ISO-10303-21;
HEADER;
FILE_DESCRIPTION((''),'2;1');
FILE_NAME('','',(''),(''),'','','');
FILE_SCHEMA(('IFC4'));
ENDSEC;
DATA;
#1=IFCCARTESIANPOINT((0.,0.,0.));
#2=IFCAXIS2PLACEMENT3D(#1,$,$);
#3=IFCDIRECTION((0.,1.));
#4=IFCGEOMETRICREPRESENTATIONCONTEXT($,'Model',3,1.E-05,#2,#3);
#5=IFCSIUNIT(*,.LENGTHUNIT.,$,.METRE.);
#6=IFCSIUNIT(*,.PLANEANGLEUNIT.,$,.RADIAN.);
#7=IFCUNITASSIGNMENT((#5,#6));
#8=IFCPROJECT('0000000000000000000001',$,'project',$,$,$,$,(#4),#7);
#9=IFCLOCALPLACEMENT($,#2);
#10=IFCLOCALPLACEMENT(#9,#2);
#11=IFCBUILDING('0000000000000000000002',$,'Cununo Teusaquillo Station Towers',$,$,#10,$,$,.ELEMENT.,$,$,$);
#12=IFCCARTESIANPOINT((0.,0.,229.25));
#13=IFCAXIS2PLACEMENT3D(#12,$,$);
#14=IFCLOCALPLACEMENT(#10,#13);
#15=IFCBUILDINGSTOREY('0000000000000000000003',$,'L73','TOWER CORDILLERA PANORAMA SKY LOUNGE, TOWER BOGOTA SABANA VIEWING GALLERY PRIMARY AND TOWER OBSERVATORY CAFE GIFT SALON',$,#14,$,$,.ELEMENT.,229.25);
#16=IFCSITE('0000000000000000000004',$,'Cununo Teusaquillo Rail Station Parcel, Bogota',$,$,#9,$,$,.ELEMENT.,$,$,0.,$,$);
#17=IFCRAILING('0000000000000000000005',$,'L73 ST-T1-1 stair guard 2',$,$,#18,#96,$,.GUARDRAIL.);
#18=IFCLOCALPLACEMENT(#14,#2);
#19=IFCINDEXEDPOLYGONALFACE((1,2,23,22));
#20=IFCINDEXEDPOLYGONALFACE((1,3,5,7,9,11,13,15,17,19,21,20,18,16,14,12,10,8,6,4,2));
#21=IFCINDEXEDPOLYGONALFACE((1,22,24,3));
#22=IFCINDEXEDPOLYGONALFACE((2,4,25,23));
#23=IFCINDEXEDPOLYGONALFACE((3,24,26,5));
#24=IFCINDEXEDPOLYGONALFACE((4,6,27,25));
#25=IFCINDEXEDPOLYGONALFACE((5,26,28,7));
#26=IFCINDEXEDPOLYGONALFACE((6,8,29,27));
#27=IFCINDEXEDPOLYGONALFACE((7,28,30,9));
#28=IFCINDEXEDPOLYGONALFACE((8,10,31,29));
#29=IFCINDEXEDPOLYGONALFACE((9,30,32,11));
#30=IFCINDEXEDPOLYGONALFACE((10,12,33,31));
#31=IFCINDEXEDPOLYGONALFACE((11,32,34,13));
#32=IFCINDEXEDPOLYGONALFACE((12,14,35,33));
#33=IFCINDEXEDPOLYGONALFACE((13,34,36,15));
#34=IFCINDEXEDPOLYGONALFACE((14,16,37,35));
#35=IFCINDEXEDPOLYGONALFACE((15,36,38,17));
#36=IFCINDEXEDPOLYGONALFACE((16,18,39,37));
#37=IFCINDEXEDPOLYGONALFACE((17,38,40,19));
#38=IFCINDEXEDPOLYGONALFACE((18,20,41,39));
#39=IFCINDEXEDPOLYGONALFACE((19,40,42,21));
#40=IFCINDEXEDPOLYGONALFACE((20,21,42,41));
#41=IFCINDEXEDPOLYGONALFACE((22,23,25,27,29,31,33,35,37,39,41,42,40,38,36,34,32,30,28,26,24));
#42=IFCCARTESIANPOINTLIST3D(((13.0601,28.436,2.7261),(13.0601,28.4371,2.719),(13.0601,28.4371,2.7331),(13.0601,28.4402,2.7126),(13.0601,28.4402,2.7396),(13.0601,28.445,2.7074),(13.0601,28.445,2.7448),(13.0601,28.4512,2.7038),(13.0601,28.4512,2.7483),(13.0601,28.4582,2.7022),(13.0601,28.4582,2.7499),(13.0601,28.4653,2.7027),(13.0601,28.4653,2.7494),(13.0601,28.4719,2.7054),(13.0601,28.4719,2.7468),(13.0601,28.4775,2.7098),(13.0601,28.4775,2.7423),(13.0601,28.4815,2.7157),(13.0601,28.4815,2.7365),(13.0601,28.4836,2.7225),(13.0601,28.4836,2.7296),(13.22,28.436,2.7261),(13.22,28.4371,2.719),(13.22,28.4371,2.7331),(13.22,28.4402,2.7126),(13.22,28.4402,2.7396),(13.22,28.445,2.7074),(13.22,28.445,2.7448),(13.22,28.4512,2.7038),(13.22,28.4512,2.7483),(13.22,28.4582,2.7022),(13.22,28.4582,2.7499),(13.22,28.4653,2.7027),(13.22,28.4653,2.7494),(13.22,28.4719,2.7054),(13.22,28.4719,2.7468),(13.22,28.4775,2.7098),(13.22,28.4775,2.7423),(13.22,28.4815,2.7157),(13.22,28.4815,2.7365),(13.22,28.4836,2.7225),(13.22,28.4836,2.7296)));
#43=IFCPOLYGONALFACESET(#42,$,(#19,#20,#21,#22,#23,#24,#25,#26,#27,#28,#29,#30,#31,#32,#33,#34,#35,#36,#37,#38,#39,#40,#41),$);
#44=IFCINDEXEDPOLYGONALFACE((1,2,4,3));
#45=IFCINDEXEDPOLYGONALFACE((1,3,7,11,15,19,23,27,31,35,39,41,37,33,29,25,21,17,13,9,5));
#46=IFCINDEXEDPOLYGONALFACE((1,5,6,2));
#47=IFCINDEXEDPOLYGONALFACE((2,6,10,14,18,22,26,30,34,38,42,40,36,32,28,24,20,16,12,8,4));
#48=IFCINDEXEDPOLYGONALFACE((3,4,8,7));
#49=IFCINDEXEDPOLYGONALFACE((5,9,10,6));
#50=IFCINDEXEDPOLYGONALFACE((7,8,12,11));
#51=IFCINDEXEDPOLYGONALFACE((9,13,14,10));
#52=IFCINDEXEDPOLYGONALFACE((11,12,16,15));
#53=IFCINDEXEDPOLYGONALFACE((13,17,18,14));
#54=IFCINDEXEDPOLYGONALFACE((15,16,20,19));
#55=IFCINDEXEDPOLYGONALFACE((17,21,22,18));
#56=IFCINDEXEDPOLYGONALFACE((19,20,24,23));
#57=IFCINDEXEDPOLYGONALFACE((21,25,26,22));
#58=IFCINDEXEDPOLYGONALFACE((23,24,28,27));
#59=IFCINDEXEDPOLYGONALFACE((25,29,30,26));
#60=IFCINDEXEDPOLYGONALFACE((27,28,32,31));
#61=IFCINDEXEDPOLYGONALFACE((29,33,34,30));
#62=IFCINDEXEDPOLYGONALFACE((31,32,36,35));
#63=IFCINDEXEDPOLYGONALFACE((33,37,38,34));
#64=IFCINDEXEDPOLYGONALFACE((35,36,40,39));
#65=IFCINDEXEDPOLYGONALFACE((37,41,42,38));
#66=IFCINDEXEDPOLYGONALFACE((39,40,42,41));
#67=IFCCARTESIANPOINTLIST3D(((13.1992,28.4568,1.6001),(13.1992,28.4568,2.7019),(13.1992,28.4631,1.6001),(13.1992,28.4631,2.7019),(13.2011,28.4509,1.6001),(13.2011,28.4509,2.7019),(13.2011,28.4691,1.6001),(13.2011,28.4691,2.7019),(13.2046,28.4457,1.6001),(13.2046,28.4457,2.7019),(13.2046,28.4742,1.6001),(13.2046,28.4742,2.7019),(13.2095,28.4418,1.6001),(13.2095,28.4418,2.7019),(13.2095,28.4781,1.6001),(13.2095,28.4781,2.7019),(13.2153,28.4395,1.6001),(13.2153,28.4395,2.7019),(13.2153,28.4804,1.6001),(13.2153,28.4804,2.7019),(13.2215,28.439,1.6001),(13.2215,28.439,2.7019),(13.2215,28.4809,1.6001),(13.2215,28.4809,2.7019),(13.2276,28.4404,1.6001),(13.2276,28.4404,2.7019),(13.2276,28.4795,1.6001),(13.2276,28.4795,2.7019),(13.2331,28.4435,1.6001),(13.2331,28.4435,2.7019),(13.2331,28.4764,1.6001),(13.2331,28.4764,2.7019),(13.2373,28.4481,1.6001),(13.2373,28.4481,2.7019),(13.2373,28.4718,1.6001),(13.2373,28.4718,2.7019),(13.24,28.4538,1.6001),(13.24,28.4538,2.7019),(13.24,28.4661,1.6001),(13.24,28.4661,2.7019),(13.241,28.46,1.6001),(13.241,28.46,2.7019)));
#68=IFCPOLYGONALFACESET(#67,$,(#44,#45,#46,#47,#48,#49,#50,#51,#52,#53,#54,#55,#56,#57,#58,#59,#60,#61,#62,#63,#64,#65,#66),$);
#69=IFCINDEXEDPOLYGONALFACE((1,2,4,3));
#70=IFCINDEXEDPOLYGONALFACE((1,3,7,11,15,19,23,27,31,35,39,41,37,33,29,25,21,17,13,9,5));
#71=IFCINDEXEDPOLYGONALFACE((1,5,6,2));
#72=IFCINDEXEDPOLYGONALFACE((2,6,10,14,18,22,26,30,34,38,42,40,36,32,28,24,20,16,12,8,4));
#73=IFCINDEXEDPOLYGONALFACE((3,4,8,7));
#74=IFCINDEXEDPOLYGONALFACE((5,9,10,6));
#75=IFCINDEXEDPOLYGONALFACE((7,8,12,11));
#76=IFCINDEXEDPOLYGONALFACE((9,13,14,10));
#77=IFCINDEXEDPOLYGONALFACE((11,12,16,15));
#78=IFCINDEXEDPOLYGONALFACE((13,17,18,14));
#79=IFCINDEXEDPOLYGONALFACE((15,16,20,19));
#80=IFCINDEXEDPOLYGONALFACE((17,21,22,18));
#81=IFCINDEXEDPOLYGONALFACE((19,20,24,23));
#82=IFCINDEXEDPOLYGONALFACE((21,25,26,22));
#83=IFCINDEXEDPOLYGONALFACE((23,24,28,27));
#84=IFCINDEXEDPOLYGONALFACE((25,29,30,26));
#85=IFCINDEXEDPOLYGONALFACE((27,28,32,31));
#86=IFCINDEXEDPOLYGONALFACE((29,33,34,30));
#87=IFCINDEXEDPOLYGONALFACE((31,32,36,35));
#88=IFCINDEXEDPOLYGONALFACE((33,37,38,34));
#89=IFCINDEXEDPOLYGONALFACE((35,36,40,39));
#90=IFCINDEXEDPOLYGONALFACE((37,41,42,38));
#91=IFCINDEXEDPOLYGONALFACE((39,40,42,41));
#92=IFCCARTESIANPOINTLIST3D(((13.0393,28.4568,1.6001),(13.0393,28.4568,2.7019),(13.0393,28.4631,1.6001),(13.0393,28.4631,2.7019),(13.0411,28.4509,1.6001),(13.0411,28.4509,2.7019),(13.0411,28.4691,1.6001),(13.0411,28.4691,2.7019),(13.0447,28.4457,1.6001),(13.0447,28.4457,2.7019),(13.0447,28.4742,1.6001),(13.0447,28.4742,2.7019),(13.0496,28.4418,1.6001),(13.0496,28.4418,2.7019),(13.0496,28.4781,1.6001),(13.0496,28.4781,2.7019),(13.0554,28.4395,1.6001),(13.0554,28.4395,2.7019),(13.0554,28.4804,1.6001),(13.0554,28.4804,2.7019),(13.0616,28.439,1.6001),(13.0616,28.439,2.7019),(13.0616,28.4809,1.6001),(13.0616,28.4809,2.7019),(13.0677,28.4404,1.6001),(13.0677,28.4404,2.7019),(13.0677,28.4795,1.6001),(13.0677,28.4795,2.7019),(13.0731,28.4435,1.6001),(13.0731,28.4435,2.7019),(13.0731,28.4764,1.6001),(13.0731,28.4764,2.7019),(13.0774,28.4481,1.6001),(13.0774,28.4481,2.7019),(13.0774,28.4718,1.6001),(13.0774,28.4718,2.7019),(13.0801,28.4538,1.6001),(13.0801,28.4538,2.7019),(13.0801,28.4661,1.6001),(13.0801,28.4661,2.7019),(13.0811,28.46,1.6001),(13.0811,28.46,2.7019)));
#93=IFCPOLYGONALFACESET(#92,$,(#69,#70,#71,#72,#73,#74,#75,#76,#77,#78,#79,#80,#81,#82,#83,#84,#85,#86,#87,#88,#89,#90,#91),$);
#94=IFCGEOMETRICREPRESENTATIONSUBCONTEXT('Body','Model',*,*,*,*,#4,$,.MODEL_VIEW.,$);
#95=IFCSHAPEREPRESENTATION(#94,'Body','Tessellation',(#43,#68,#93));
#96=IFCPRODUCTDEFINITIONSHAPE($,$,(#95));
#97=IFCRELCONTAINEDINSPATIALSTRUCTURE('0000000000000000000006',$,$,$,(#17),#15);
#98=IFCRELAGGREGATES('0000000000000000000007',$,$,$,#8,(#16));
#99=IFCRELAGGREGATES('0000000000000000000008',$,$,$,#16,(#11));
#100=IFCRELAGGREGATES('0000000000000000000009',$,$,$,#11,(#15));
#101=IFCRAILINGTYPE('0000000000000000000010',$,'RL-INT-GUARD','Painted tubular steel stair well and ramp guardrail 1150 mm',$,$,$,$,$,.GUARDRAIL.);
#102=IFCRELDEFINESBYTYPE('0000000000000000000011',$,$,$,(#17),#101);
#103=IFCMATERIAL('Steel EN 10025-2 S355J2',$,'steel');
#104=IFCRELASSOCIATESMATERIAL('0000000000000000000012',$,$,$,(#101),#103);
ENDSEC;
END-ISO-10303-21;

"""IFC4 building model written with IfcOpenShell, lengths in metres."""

from ifc_helpers import new_model, si_unit, direction, frame, origin, origin_2d, place, context, subcontext, project, spatial, circle, extrude, material, type_object, element, save


model = new_model("IFC4")

# Units and contexts
model_context = context("Model", 3, precision=1e-05, world=origin(), true_north=direction((0.0, 1.0)))
body_context = subcontext(model_context, "Body", "Model", "MODEL_VIEW")
ifc_project = project(units=[si_unit("LENGTHUNIT", "METRE"), si_unit("PLANEANGLEUNIT", "RADIAN")], contexts=[model_context])

# Site, building, storey
site_placement = place(None, origin())
site = spatial("IfcSite", under=ifc_project, at=site_placement, Name="Cununo Teusaquillo Rail Station Parcel, Bogota", CompositionType="ELEMENT", RefElevation=0.0)
building_placement = place(site_placement, origin())
building = spatial("IfcBuilding", under=site, at=building_placement, Name="Cununo Teusaquillo Station Towers", CompositionType="ELEMENT")
storey_placement = place(building_placement, frame((0.0, 0.0, 229.25)))
storey = spatial("IfcBuildingStorey", under=building, at=storey_placement, Name="L73", Description="TOWER CORDILLERA PANORAMA SKY LOUNGE, TOWER BOGOTA SABANA VIEWING GALLERY PRIMARY AND TOWER OBSERVATORY CAFE GIFT SALON", CompositionType="ELEMENT", Elevation=229.25)

# Railing
ifc_material_1 = material(Name="Steel EN 10025-2 S355J2", Category="steel")
railing_type_1 = type_object("IfcRailingType", Name="RL-INT-GUARD", Description="Painted tubular steel stair well and ramp guardrail 1150 mm", PredefinedType="GUARDRAIL", material=ifc_material_1)
railing_1_placement = place(storey_placement, frame((13.22, 28.46, 1.6001)))
element("IfcRailing", 1, at=railing_1_placement, inside=storey, type_object=railing_type_1, Name="L73 ST-T1-1 stair guard 2", PredefinedType="GUARDRAIL", context=body_context, shape_type="SweptSolid", body=[
    extrude(circle(Radius=0.0239, at=origin_2d()), frame((0.0, 0.0, 1.126), z_axis=(-1.0, 0.0, 0.0), x_axis=(0.0, -1.0, 0.0)), (0.0, 0.0, 1.0), 0.1599),
    extrude(circle(Radius=0.021, at=origin_2d()), origin(), (0.0, 0.0, 1.0), 1.1018),
    extrude(circle(Radius=0.021, at=origin_2d()), frame((-0.1599, 0.0, 0.0)), (0.0, 0.0, 1.0), 1.1018),
])

save(model, "model.ifc")
